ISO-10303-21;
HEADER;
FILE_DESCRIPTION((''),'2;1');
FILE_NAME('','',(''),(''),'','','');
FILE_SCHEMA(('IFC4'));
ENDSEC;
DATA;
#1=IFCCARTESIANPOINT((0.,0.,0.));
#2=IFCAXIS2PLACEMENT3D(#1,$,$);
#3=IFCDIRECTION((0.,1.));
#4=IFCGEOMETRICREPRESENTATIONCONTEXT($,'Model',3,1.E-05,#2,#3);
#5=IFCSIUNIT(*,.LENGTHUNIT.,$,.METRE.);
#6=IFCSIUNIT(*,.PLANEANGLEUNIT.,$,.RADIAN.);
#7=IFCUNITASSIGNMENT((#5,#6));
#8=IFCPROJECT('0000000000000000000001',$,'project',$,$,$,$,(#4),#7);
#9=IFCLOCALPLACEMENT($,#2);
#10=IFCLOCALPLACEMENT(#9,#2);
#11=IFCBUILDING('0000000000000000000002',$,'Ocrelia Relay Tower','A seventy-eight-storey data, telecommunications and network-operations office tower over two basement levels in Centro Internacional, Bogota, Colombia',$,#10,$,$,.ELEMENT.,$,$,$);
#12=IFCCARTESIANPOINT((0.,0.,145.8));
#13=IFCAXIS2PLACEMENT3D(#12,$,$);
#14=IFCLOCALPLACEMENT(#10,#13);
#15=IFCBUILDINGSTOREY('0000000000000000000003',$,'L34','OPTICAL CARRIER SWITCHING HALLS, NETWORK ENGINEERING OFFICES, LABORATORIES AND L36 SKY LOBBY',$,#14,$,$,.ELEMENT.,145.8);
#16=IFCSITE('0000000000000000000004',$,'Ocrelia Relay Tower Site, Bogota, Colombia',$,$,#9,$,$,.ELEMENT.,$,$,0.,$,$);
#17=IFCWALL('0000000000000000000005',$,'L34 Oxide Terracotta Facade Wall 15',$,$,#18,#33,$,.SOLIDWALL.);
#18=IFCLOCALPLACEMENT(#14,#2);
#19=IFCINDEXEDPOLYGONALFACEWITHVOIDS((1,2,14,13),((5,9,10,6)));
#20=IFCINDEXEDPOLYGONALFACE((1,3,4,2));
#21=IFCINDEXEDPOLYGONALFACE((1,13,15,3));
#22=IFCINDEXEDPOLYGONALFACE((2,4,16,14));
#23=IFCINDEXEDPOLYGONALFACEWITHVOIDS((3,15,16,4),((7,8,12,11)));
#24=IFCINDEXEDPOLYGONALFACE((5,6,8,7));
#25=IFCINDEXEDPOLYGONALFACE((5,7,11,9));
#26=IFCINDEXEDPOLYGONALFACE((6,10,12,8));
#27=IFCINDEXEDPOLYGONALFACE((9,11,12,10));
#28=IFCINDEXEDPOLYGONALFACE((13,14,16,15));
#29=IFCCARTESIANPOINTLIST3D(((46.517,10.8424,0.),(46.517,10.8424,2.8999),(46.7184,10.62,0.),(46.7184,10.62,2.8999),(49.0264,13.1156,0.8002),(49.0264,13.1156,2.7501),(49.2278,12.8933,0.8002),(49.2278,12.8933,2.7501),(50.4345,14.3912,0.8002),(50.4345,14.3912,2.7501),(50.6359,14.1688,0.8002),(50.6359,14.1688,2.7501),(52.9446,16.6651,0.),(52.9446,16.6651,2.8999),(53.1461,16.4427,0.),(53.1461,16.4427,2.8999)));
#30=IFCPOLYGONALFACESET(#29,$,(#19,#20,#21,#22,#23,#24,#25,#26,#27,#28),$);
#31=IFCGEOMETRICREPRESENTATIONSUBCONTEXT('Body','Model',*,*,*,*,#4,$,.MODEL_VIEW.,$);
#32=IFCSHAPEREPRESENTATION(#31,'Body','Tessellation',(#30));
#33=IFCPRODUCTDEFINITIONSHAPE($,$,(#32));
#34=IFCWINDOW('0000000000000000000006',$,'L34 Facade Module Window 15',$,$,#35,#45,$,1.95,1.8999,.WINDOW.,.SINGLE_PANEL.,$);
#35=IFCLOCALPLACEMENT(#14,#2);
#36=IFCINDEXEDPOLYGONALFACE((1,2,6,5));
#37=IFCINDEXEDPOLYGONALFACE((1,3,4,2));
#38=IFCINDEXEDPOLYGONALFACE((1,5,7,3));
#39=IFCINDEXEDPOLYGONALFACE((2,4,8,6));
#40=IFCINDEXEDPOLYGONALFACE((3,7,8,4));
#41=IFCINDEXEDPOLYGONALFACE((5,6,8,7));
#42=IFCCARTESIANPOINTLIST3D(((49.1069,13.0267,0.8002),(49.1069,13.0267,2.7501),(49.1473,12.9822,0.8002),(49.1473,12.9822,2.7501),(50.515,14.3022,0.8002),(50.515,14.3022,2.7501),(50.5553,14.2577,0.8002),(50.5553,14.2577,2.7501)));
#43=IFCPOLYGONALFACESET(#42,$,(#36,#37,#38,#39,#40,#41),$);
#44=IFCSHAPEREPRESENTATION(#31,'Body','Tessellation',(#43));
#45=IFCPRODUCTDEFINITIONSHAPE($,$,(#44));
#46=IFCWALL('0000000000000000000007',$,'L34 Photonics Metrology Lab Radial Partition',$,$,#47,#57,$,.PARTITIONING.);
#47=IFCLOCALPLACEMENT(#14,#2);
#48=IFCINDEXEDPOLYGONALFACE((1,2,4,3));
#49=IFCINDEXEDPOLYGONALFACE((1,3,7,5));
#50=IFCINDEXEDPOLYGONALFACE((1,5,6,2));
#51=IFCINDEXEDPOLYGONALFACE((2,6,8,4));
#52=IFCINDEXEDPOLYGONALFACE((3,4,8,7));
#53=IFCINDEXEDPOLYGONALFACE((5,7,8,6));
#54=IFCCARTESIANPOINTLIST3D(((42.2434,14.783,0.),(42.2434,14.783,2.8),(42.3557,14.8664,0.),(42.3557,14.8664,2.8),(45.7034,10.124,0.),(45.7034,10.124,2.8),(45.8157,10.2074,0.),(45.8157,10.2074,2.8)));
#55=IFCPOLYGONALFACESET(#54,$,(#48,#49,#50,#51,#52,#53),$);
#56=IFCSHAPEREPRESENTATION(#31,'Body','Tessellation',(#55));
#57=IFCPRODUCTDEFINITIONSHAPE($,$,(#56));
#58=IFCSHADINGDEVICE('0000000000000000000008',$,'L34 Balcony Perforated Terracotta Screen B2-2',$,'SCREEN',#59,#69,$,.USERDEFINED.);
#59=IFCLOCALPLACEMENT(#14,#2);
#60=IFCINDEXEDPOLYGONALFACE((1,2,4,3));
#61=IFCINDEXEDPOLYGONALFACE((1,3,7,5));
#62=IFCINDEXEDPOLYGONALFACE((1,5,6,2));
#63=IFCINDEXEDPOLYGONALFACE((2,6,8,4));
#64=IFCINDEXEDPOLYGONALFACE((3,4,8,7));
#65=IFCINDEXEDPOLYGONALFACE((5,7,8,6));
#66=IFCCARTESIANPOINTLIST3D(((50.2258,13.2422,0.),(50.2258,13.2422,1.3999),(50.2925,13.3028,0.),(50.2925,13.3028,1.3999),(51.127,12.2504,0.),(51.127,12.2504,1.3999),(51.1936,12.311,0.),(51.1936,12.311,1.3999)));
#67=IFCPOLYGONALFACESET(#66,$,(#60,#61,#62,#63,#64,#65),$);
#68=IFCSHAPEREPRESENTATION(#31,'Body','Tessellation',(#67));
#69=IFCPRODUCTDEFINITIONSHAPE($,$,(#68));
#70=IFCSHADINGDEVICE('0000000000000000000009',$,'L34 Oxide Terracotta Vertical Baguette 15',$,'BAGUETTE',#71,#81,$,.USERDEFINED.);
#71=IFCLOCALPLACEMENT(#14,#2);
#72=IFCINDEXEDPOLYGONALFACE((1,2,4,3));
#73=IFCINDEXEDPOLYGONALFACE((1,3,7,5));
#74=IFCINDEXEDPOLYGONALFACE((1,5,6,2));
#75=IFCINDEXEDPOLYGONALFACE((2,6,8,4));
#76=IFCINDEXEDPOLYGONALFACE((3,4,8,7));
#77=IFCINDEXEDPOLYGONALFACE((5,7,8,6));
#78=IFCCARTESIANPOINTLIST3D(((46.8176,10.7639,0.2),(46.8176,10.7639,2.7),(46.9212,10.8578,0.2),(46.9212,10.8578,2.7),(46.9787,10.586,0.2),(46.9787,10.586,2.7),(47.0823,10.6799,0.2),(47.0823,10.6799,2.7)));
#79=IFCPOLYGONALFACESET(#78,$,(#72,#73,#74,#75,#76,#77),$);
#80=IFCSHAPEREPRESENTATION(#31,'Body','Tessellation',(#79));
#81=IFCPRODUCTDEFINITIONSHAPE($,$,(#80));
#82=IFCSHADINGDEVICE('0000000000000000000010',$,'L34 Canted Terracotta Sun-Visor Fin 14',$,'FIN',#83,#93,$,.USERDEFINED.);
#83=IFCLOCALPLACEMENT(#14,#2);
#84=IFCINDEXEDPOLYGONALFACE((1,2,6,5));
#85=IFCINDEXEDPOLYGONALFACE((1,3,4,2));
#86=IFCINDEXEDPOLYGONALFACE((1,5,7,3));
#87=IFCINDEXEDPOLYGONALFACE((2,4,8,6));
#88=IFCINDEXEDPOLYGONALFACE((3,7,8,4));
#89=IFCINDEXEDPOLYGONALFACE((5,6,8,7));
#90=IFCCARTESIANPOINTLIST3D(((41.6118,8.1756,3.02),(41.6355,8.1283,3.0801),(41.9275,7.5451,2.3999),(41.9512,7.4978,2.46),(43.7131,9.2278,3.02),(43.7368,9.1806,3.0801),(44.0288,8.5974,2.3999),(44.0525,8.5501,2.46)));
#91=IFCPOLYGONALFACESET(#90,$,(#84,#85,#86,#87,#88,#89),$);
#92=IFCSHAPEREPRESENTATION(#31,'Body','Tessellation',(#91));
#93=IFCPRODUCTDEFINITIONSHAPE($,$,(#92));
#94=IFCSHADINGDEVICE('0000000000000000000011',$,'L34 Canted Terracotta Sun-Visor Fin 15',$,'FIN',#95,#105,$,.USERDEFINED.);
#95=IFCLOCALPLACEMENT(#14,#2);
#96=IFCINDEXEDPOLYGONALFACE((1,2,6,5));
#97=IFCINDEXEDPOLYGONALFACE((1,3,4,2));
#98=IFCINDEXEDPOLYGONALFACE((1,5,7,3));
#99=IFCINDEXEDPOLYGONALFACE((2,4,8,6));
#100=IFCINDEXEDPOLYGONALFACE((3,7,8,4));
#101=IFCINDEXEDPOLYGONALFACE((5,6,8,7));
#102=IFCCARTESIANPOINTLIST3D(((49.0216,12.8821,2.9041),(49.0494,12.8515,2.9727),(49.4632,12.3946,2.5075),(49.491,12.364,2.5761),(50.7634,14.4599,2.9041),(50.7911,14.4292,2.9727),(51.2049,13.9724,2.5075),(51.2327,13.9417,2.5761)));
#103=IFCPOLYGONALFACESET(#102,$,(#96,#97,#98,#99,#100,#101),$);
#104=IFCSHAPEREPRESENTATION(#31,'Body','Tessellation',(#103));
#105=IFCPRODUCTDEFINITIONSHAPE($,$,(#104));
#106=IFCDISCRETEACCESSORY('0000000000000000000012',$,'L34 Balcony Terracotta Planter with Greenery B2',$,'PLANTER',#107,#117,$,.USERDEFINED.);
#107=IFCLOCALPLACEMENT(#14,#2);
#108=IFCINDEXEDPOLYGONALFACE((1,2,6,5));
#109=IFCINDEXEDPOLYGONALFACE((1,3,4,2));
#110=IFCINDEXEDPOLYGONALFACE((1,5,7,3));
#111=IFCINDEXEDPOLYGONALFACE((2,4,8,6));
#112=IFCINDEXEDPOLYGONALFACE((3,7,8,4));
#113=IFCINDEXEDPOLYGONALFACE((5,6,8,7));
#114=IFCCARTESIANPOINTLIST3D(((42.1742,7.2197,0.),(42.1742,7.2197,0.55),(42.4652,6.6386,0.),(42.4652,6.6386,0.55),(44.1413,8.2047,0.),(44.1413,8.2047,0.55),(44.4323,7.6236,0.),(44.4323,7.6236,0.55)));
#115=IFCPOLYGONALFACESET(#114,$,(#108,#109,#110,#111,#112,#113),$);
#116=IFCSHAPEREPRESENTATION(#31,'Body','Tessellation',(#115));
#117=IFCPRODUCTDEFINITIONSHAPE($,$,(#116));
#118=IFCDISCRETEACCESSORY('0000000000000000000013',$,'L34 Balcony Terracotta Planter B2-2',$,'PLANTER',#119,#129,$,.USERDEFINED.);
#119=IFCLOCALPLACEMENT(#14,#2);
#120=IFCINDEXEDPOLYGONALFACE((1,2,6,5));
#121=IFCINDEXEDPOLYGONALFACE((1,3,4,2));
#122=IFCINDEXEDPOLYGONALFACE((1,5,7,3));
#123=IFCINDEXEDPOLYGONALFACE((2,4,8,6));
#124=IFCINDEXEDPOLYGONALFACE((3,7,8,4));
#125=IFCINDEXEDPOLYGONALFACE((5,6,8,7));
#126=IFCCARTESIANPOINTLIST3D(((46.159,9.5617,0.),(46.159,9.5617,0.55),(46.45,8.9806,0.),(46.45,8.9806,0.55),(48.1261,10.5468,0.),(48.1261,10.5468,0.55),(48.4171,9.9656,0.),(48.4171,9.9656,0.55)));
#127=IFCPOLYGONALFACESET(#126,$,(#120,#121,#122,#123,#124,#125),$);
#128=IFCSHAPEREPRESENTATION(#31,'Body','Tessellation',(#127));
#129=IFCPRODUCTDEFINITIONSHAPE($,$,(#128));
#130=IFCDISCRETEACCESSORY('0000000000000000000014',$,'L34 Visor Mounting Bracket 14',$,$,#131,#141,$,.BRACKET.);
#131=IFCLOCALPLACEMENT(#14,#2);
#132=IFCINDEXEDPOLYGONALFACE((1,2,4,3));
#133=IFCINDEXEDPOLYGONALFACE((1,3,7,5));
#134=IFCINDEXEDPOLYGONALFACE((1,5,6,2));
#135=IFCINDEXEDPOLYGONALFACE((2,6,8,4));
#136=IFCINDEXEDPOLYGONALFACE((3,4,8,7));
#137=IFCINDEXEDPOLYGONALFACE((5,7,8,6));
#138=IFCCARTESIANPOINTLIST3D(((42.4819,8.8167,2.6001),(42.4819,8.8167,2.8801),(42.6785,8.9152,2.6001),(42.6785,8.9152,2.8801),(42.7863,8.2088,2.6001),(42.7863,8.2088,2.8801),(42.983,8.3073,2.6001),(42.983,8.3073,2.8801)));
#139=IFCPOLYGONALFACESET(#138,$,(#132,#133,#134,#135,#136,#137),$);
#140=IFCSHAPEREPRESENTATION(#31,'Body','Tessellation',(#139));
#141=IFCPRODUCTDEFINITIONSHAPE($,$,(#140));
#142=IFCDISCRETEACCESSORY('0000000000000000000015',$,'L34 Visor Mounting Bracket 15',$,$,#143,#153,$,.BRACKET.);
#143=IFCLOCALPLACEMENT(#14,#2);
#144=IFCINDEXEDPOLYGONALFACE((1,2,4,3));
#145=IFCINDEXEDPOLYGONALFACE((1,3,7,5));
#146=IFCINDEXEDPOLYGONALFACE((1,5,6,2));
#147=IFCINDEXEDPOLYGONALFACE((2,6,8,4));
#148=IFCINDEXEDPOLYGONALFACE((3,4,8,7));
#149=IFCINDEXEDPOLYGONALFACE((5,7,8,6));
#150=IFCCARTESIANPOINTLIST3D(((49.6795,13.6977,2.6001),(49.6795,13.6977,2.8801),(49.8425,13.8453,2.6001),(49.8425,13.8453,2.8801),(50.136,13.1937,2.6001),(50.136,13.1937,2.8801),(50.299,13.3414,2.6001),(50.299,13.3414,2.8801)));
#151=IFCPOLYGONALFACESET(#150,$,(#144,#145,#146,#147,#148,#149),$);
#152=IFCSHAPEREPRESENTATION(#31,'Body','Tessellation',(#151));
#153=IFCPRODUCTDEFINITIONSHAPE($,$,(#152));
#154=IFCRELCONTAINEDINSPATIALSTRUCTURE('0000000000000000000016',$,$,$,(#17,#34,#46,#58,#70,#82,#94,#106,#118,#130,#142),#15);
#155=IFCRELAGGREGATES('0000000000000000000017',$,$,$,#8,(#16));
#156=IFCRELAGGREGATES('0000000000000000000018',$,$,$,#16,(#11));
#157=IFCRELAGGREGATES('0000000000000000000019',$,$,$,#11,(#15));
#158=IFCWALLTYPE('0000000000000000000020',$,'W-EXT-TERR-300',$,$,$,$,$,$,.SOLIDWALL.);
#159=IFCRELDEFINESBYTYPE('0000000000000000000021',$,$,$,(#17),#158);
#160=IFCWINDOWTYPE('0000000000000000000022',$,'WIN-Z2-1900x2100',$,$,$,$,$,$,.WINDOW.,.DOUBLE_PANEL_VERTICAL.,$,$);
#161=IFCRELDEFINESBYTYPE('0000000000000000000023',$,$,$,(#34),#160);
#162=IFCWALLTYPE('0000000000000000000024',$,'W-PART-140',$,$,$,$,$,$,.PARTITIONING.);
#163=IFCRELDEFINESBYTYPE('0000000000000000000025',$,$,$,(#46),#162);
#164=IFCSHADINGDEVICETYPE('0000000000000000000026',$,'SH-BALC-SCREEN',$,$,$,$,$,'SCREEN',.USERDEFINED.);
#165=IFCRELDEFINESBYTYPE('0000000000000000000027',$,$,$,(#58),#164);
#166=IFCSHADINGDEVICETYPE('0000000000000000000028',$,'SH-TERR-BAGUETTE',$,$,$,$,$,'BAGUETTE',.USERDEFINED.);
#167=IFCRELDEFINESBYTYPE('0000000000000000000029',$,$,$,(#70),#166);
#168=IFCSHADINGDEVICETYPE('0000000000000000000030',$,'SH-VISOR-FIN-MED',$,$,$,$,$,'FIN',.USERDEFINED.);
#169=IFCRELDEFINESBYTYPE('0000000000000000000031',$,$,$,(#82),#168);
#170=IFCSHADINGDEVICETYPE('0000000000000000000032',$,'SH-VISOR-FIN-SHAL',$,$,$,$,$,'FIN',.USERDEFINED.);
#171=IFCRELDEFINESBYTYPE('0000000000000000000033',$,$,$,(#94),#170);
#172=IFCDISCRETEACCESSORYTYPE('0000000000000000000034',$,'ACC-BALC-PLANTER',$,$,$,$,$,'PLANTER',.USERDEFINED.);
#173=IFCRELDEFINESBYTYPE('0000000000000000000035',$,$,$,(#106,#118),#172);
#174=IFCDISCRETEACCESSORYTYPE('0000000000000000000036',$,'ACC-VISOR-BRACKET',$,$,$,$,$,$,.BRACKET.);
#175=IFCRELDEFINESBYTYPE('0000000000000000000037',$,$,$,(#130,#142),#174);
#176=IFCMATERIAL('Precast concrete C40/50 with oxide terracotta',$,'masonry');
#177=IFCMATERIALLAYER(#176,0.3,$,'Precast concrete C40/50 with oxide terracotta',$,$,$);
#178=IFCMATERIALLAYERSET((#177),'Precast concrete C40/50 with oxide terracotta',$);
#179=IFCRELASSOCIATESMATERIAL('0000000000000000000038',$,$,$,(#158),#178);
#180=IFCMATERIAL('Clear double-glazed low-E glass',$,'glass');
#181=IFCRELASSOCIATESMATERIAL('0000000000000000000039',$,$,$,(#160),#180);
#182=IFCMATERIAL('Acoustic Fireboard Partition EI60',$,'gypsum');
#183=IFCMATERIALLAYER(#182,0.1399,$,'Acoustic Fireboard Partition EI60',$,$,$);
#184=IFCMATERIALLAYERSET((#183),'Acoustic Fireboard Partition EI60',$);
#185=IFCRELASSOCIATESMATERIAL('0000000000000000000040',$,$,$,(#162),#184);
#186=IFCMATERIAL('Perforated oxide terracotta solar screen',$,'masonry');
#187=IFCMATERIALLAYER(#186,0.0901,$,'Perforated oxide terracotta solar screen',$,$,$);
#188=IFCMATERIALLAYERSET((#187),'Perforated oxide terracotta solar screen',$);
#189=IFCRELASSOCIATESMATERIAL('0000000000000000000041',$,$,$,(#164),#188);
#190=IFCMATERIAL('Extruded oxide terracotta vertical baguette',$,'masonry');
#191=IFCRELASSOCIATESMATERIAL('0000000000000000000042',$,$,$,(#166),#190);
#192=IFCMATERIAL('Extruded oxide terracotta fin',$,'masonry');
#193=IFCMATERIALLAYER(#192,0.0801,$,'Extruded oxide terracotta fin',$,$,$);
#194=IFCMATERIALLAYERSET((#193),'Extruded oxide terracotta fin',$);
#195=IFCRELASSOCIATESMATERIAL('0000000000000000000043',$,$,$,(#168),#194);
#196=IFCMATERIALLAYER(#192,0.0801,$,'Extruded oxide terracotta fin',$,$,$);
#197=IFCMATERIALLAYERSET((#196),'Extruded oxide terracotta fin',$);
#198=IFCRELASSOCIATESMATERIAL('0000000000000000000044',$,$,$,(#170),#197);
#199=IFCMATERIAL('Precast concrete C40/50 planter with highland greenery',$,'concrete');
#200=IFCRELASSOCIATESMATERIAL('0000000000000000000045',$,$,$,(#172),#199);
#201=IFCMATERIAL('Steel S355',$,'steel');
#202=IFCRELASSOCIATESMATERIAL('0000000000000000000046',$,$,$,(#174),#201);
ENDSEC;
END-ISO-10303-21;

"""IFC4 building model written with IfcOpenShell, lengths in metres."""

from ifc_helpers import new_model, si_unit, direction, frame, frame_2d, origin, origin_2d, place, context, subcontext, project, spatial, rectangle, extrude, material, layer, layer_set, type_object, element, fill, save


model = new_model("IFC4")

# Units and contexts
model_context = context("Model", 3, precision=1e-05, world=origin(), true_north=direction((0.0, 1.0)))
body_context = subcontext(model_context, "Body", "Model", "MODEL_VIEW")
ifc_project = project(units=[si_unit("LENGTHUNIT", "METRE"), si_unit("PLANEANGLEUNIT", "RADIAN")], contexts=[model_context])

# Site, building, storey
site_placement = place(None, origin())
site = spatial("IfcSite", under=ifc_project, at=site_placement, Name="Ocrelia Relay Tower Site, Bogota, Colombia", CompositionType="ELEMENT", RefElevation=0.0)
building_placement = place(site_placement, origin())
building = spatial("IfcBuilding", under=site, at=building_placement, Name="Ocrelia Relay Tower", Description="A seventy-eight-storey data, telecommunications and network-operations office tower over two basement levels in Centro Internacional, Bogota, Colombia", CompositionType="ELEMENT")
storey_placement = place(building_placement, frame((0.0, 0.0, 145.8)))
storey = spatial("IfcBuildingStorey", under=building, at=storey_placement, Name="L34", Description="OPTICAL CARRIER SWITCHING HALLS, NETWORK ENGINEERING OFFICES, LABORATORIES AND L36 SKY LOBBY", CompositionType="ELEMENT", Elevation=145.8)

# Shared definitions
ifc_material_1 = material(Name="Steel S355", Category="steel")

# Wall, opening, window
ifc_material_2 = material(Name="Precast concrete C40/50 with oxide terracotta", Category="masonry")
ifc_layer_1 = layer(ifc_material_2, 0.3, Name="Precast concrete C40/50 with oxide terracotta")
ifc_layer_set_1 = layer_set([ifc_layer_1], Name="Precast concrete C40/50 with oxide terracotta")
wall_type_1 = type_object("IfcWallType", Name="W-EXT-TERR-300", PredefinedType="SOLIDWALL", material=ifc_layer_set_1)
wall_1_placement = place(storey_placement, frame((46.6177, 10.7312, 0.0), z_axis=(0.0, 0.0, 1.0), x_axis=(0.741124, 0.671369, 0.0)))
wall_1 = element("IfcWall", 1, at=wall_1_placement, inside=storey, type_object=wall_type_1, Name="L34 Oxide Terracotta Facade Wall 15", PredefinedType="SOLIDWALL", context=body_context, shape_type="SweptSolid", body=[
    extrude(rectangle(XDim=8.6729, YDim=0.3, at=frame_2d((4.3364, 0.0))), origin(), (0.0, 0.0, 1.0), 2.8999),
])
opening_placement = place(wall_1_placement, frame((3.386, 0.0, 0.8)))
opening = element("IfcOpeningElement", 2, at=opening_placement, cuts=wall_1, PredefinedType="OPENING", context=body_context, shape_type="SweptSolid", body=[
    extrude(rectangle(XDim=1.8999, YDim=1.95, at=frame_2d((0.95, 0.9751))), frame((0.0, 0.1602, 0.0), z_axis=(0.0, -1.0, 0.0), x_axis=(1.0, 0.0, 0.0)), (0.0, 0.0, 1.0), 0.3201),
])
ifc_material_3 = material(Name="Clear double-glazed low-E glass", Category="glass")
window_type = type_object("IfcWindowType", Name="WIN-Z2-1900x2100", PartitioningType="DOUBLE_PANEL_VERTICAL", PredefinedType="WINDOW", material=ifc_material_3)
window_placement = place(opening_placement, origin())
window = element("IfcWindow", 3, at=window_placement, inside=storey, type_object=window_type, Name="L34 Facade Module Window 15", OverallHeight=1.95, OverallWidth=1.8999, PartitioningType="SINGLE_PANEL", PredefinedType="WINDOW", context=body_context, shape_type="SweptSolid", body=[
    extrude(rectangle(XDim=1.8999, YDim=1.95, at=frame_2d((0.95, 0.9751))), frame((0.0, 0.03, 0.0), z_axis=(0.0, -1.0, 0.0), x_axis=(1.0, 0.0, 0.0)), (0.0, 0.0, 1.0), 0.0601),
])
fill(opening, window)

# Wall
ifc_material_4 = material(Name="Acoustic Fireboard Partition EI60", Category="gypsum")
ifc_layer_2 = layer(ifc_material_4, 0.1399, Name="Acoustic Fireboard Partition EI60")
ifc_layer_set_2 = layer_set([ifc_layer_2], Name="Acoustic Fireboard Partition EI60")
wall_type_2 = type_object("IfcWallType", Name="W-PART-140", PredefinedType="PARTITIONING", material=ifc_layer_set_2)
wall_2_placement = place(storey_placement, frame((42.2996, 14.8247, 0.0), z_axis=(0.0, 0.0, 1.0), x_axis=(0.596217, -0.802823, 0.0)))
element("IfcWall", 4, at=wall_2_placement, inside=storey, type_object=wall_type_2, Name="L34 Photonics Metrology Lab Radial Partition", PredefinedType="PARTITIONING", context=body_context, shape_type="SweptSolid", body=[
    extrude(rectangle(XDim=5.8032, YDim=0.1399, at=frame_2d((2.9016, 0.0))), origin(), (0.0, 0.0, 1.0), 2.8),
])

# Shading devices
ifc_material_5 = material(Name="Perforated oxide terracotta solar screen", Category="masonry")
ifc_layer_3 = layer(ifc_material_5, 0.0901, Name="Perforated oxide terracotta solar screen")
ifc_layer_set_3 = layer_set([ifc_layer_3], Name="Perforated oxide terracotta solar screen")
shading_device_type_1 = type_object("IfcShadingDeviceType", Name="SH-BALC-SCREEN", ElementType="SCREEN", PredefinedType="USERDEFINED", material=ifc_layer_set_3)
shading_device_1_placement = place(storey_placement, frame((50.7097, 12.7766, 0.0), z_axis=(0.0, 0.0, 1.0), x_axis=(0.672458, -0.740135, 0.0)))
element("IfcShadingDevice", 5, at=shading_device_1_placement, inside=storey, type_object=shading_device_type_1, Name="L34 Balcony Perforated Terracotta Screen B2-2", ObjectType="SCREEN", PredefinedType="USERDEFINED", context=body_context, shape_type="SweptSolid", body=[
    extrude(rectangle(XDim=1.3401, YDim=0.0901, at=origin_2d()), origin(), (0.0, 0.0, 1.0), 1.3999),
])
ifc_material_6 = material(Name="Extruded oxide terracotta vertical baguette", Category="masonry")
shading_device_type_2 = type_object("IfcShadingDeviceType", Name="SH-TERR-BAGUETTE", ElementType="BAGUETTE", PredefinedType="USERDEFINED", material=ifc_material_6)
shading_device_2_placement = place(storey_placement, frame((46.95, 10.7219, 0.2), z_axis=(0.0, 0.0, 1.0), x_axis=(0.741141, 0.671349, 0.0)))
element("IfcShadingDevice", 6, at=shading_device_2_placement, inside=storey, type_object=shading_device_type_2, Name="L34 Oxide Terracotta Vertical Baguette 15", ObjectType="BAGUETTE", PredefinedType="USERDEFINED", context=body_context, shape_type="SweptSolid", body=[
    extrude(rectangle(XDim=0.1399, YDim=0.24, at=origin_2d()), origin(), (0.0, 0.0, 1.0), 2.5),
])
ifc_material_7 = material(Name="Extruded oxide terracotta fin", Category="masonry")
ifc_layer_4 = layer(ifc_material_7, 0.0801, Name="Extruded oxide terracotta fin")
ifc_layer_set_4 = layer_set([ifc_layer_4], Name="Extruded oxide terracotta fin")
shading_device_type_3 = type_object("IfcShadingDeviceType", Name="SH-VISOR-FIN-MED", ElementType="FIN", PredefinedType="USERDEFINED", material=ifc_layer_set_4)
shading_device_3_placement = place(storey_placement, frame((42.8203, 8.3865, 2.71), z_axis=(0.295697, -0.590495, 0.750918), x_axis=(0.894155, 0.447758, 0.0)))
element("IfcShadingDevice", 7, at=shading_device_3_placement, inside=storey, type_object=shading_device_type_3, Name="L34 Canted Terracotta Sun-Visor Fin 14", ObjectType="FIN", PredefinedType="USERDEFINED", context=body_context, shape_type="SweptSolid", body=[
    extrude(rectangle(XDim=2.3501, YDim=0.939, at=origin_2d()), origin(), (0.0, 0.0, 1.0), 0.0801),
])
ifc_layer_5 = layer(ifc_material_7, 0.0801, Name="Extruded oxide terracotta fin")
ifc_layer_set_5 = layer_set([ifc_layer_5], Name="Extruded oxide terracotta fin")
shading_device_type_4 = type_object("IfcShadingDeviceType", Name="SH-VISOR-FIN-SHAL", ElementType="FIN", PredefinedType="USERDEFINED", material=ifc_layer_set_5)
shading_device_4_placement = place(storey_placement, frame((50.1133, 13.4272, 2.7058), z_axis=(0.346674, -0.382713, 0.856357), x_axis=(0.741141, 0.671349, 0.0)))
element("IfcShadingDevice", 8, at=shading_device_4_placement, inside=storey, type_object=shading_device_type_4, Name="L34 Canted Terracotta Sun-Visor Fin 15", ObjectType="FIN", PredefinedType="USERDEFINED", context=body_context, shape_type="SweptSolid", body=[
    extrude(rectangle(XDim=2.3501, YDim=0.7681, at=origin_2d()), origin(), (0.0, 0.0, 1.0), 0.0801),
])

# Discrete accessories
ifc_material_8 = material(Name="Precast concrete C40/50 planter with highland greenery", Category="concrete")
discrete_accessory_type_1 = type_object("IfcDiscreteAccessoryType", Name="ACC-BALC-PLANTER", ElementType="PLANTER", PredefinedType="USERDEFINED", material=ifc_material_8)
for number, where, z_axis, x_axis, name in (
    (9, (43.3032, 7.4216, 0.0), (0.0, 0.0, 1.0), (-0.894155, -0.447757, 0.0), "L34 Balcony Terracotta Planter with Greenery B2"),
    (10, (47.2881, 9.7637, 0.0), (0.0, 0.0, 1.0), (-0.894155, -0.447757, 0.0), "L34 Balcony Terracotta Planter B2-2"),
):
    element("IfcDiscreteAccessory", number, at=place(storey_placement, frame(where, z_axis=z_axis, x_axis=x_axis)), inside=storey, type_object=discrete_accessory_type_1, Name=name, ObjectType="PLANTER", PredefinedType="USERDEFINED", context=body_context, shape_type="SweptSolid", body=[
        extrude(rectangle(XDim=2.2, YDim=0.6499, at=origin_2d()), origin(), (0.0, 0.0, 1.0), 0.55),
    ])
discrete_accessory_type_2 = type_object("IfcDiscreteAccessoryType", Name="ACC-VISOR-BRACKET", PredefinedType="BRACKET", material=ifc_material_1)
for number, where, z_axis, x_axis, name in (
    (11, (42.7324, 8.562, 2.6001), (0.0, 0.0, 1.0), (0.894155, 0.447758, 0.0), "L34 Visor Mounting Bracket 14"),
    (12, (49.9893, 13.5195, 2.6001), (0.0, 0.0, 1.0), (0.741141, 0.671349, 0.0), "L34 Visor Mounting Bracket 15"),
):
    element("IfcDiscreteAccessory", number, at=place(storey_placement, frame(where, z_axis=z_axis, x_axis=x_axis)), inside=storey, type_object=discrete_accessory_type_2, Name=name, PredefinedType="BRACKET", context=body_context, shape_type="SweptSolid", body=[
        extrude(rectangle(XDim=0.22, YDim=0.6799, at=origin_2d()), origin(), (0.0, 0.0, 1.0), 0.28),
    ])

save(model, "model.ifc")
